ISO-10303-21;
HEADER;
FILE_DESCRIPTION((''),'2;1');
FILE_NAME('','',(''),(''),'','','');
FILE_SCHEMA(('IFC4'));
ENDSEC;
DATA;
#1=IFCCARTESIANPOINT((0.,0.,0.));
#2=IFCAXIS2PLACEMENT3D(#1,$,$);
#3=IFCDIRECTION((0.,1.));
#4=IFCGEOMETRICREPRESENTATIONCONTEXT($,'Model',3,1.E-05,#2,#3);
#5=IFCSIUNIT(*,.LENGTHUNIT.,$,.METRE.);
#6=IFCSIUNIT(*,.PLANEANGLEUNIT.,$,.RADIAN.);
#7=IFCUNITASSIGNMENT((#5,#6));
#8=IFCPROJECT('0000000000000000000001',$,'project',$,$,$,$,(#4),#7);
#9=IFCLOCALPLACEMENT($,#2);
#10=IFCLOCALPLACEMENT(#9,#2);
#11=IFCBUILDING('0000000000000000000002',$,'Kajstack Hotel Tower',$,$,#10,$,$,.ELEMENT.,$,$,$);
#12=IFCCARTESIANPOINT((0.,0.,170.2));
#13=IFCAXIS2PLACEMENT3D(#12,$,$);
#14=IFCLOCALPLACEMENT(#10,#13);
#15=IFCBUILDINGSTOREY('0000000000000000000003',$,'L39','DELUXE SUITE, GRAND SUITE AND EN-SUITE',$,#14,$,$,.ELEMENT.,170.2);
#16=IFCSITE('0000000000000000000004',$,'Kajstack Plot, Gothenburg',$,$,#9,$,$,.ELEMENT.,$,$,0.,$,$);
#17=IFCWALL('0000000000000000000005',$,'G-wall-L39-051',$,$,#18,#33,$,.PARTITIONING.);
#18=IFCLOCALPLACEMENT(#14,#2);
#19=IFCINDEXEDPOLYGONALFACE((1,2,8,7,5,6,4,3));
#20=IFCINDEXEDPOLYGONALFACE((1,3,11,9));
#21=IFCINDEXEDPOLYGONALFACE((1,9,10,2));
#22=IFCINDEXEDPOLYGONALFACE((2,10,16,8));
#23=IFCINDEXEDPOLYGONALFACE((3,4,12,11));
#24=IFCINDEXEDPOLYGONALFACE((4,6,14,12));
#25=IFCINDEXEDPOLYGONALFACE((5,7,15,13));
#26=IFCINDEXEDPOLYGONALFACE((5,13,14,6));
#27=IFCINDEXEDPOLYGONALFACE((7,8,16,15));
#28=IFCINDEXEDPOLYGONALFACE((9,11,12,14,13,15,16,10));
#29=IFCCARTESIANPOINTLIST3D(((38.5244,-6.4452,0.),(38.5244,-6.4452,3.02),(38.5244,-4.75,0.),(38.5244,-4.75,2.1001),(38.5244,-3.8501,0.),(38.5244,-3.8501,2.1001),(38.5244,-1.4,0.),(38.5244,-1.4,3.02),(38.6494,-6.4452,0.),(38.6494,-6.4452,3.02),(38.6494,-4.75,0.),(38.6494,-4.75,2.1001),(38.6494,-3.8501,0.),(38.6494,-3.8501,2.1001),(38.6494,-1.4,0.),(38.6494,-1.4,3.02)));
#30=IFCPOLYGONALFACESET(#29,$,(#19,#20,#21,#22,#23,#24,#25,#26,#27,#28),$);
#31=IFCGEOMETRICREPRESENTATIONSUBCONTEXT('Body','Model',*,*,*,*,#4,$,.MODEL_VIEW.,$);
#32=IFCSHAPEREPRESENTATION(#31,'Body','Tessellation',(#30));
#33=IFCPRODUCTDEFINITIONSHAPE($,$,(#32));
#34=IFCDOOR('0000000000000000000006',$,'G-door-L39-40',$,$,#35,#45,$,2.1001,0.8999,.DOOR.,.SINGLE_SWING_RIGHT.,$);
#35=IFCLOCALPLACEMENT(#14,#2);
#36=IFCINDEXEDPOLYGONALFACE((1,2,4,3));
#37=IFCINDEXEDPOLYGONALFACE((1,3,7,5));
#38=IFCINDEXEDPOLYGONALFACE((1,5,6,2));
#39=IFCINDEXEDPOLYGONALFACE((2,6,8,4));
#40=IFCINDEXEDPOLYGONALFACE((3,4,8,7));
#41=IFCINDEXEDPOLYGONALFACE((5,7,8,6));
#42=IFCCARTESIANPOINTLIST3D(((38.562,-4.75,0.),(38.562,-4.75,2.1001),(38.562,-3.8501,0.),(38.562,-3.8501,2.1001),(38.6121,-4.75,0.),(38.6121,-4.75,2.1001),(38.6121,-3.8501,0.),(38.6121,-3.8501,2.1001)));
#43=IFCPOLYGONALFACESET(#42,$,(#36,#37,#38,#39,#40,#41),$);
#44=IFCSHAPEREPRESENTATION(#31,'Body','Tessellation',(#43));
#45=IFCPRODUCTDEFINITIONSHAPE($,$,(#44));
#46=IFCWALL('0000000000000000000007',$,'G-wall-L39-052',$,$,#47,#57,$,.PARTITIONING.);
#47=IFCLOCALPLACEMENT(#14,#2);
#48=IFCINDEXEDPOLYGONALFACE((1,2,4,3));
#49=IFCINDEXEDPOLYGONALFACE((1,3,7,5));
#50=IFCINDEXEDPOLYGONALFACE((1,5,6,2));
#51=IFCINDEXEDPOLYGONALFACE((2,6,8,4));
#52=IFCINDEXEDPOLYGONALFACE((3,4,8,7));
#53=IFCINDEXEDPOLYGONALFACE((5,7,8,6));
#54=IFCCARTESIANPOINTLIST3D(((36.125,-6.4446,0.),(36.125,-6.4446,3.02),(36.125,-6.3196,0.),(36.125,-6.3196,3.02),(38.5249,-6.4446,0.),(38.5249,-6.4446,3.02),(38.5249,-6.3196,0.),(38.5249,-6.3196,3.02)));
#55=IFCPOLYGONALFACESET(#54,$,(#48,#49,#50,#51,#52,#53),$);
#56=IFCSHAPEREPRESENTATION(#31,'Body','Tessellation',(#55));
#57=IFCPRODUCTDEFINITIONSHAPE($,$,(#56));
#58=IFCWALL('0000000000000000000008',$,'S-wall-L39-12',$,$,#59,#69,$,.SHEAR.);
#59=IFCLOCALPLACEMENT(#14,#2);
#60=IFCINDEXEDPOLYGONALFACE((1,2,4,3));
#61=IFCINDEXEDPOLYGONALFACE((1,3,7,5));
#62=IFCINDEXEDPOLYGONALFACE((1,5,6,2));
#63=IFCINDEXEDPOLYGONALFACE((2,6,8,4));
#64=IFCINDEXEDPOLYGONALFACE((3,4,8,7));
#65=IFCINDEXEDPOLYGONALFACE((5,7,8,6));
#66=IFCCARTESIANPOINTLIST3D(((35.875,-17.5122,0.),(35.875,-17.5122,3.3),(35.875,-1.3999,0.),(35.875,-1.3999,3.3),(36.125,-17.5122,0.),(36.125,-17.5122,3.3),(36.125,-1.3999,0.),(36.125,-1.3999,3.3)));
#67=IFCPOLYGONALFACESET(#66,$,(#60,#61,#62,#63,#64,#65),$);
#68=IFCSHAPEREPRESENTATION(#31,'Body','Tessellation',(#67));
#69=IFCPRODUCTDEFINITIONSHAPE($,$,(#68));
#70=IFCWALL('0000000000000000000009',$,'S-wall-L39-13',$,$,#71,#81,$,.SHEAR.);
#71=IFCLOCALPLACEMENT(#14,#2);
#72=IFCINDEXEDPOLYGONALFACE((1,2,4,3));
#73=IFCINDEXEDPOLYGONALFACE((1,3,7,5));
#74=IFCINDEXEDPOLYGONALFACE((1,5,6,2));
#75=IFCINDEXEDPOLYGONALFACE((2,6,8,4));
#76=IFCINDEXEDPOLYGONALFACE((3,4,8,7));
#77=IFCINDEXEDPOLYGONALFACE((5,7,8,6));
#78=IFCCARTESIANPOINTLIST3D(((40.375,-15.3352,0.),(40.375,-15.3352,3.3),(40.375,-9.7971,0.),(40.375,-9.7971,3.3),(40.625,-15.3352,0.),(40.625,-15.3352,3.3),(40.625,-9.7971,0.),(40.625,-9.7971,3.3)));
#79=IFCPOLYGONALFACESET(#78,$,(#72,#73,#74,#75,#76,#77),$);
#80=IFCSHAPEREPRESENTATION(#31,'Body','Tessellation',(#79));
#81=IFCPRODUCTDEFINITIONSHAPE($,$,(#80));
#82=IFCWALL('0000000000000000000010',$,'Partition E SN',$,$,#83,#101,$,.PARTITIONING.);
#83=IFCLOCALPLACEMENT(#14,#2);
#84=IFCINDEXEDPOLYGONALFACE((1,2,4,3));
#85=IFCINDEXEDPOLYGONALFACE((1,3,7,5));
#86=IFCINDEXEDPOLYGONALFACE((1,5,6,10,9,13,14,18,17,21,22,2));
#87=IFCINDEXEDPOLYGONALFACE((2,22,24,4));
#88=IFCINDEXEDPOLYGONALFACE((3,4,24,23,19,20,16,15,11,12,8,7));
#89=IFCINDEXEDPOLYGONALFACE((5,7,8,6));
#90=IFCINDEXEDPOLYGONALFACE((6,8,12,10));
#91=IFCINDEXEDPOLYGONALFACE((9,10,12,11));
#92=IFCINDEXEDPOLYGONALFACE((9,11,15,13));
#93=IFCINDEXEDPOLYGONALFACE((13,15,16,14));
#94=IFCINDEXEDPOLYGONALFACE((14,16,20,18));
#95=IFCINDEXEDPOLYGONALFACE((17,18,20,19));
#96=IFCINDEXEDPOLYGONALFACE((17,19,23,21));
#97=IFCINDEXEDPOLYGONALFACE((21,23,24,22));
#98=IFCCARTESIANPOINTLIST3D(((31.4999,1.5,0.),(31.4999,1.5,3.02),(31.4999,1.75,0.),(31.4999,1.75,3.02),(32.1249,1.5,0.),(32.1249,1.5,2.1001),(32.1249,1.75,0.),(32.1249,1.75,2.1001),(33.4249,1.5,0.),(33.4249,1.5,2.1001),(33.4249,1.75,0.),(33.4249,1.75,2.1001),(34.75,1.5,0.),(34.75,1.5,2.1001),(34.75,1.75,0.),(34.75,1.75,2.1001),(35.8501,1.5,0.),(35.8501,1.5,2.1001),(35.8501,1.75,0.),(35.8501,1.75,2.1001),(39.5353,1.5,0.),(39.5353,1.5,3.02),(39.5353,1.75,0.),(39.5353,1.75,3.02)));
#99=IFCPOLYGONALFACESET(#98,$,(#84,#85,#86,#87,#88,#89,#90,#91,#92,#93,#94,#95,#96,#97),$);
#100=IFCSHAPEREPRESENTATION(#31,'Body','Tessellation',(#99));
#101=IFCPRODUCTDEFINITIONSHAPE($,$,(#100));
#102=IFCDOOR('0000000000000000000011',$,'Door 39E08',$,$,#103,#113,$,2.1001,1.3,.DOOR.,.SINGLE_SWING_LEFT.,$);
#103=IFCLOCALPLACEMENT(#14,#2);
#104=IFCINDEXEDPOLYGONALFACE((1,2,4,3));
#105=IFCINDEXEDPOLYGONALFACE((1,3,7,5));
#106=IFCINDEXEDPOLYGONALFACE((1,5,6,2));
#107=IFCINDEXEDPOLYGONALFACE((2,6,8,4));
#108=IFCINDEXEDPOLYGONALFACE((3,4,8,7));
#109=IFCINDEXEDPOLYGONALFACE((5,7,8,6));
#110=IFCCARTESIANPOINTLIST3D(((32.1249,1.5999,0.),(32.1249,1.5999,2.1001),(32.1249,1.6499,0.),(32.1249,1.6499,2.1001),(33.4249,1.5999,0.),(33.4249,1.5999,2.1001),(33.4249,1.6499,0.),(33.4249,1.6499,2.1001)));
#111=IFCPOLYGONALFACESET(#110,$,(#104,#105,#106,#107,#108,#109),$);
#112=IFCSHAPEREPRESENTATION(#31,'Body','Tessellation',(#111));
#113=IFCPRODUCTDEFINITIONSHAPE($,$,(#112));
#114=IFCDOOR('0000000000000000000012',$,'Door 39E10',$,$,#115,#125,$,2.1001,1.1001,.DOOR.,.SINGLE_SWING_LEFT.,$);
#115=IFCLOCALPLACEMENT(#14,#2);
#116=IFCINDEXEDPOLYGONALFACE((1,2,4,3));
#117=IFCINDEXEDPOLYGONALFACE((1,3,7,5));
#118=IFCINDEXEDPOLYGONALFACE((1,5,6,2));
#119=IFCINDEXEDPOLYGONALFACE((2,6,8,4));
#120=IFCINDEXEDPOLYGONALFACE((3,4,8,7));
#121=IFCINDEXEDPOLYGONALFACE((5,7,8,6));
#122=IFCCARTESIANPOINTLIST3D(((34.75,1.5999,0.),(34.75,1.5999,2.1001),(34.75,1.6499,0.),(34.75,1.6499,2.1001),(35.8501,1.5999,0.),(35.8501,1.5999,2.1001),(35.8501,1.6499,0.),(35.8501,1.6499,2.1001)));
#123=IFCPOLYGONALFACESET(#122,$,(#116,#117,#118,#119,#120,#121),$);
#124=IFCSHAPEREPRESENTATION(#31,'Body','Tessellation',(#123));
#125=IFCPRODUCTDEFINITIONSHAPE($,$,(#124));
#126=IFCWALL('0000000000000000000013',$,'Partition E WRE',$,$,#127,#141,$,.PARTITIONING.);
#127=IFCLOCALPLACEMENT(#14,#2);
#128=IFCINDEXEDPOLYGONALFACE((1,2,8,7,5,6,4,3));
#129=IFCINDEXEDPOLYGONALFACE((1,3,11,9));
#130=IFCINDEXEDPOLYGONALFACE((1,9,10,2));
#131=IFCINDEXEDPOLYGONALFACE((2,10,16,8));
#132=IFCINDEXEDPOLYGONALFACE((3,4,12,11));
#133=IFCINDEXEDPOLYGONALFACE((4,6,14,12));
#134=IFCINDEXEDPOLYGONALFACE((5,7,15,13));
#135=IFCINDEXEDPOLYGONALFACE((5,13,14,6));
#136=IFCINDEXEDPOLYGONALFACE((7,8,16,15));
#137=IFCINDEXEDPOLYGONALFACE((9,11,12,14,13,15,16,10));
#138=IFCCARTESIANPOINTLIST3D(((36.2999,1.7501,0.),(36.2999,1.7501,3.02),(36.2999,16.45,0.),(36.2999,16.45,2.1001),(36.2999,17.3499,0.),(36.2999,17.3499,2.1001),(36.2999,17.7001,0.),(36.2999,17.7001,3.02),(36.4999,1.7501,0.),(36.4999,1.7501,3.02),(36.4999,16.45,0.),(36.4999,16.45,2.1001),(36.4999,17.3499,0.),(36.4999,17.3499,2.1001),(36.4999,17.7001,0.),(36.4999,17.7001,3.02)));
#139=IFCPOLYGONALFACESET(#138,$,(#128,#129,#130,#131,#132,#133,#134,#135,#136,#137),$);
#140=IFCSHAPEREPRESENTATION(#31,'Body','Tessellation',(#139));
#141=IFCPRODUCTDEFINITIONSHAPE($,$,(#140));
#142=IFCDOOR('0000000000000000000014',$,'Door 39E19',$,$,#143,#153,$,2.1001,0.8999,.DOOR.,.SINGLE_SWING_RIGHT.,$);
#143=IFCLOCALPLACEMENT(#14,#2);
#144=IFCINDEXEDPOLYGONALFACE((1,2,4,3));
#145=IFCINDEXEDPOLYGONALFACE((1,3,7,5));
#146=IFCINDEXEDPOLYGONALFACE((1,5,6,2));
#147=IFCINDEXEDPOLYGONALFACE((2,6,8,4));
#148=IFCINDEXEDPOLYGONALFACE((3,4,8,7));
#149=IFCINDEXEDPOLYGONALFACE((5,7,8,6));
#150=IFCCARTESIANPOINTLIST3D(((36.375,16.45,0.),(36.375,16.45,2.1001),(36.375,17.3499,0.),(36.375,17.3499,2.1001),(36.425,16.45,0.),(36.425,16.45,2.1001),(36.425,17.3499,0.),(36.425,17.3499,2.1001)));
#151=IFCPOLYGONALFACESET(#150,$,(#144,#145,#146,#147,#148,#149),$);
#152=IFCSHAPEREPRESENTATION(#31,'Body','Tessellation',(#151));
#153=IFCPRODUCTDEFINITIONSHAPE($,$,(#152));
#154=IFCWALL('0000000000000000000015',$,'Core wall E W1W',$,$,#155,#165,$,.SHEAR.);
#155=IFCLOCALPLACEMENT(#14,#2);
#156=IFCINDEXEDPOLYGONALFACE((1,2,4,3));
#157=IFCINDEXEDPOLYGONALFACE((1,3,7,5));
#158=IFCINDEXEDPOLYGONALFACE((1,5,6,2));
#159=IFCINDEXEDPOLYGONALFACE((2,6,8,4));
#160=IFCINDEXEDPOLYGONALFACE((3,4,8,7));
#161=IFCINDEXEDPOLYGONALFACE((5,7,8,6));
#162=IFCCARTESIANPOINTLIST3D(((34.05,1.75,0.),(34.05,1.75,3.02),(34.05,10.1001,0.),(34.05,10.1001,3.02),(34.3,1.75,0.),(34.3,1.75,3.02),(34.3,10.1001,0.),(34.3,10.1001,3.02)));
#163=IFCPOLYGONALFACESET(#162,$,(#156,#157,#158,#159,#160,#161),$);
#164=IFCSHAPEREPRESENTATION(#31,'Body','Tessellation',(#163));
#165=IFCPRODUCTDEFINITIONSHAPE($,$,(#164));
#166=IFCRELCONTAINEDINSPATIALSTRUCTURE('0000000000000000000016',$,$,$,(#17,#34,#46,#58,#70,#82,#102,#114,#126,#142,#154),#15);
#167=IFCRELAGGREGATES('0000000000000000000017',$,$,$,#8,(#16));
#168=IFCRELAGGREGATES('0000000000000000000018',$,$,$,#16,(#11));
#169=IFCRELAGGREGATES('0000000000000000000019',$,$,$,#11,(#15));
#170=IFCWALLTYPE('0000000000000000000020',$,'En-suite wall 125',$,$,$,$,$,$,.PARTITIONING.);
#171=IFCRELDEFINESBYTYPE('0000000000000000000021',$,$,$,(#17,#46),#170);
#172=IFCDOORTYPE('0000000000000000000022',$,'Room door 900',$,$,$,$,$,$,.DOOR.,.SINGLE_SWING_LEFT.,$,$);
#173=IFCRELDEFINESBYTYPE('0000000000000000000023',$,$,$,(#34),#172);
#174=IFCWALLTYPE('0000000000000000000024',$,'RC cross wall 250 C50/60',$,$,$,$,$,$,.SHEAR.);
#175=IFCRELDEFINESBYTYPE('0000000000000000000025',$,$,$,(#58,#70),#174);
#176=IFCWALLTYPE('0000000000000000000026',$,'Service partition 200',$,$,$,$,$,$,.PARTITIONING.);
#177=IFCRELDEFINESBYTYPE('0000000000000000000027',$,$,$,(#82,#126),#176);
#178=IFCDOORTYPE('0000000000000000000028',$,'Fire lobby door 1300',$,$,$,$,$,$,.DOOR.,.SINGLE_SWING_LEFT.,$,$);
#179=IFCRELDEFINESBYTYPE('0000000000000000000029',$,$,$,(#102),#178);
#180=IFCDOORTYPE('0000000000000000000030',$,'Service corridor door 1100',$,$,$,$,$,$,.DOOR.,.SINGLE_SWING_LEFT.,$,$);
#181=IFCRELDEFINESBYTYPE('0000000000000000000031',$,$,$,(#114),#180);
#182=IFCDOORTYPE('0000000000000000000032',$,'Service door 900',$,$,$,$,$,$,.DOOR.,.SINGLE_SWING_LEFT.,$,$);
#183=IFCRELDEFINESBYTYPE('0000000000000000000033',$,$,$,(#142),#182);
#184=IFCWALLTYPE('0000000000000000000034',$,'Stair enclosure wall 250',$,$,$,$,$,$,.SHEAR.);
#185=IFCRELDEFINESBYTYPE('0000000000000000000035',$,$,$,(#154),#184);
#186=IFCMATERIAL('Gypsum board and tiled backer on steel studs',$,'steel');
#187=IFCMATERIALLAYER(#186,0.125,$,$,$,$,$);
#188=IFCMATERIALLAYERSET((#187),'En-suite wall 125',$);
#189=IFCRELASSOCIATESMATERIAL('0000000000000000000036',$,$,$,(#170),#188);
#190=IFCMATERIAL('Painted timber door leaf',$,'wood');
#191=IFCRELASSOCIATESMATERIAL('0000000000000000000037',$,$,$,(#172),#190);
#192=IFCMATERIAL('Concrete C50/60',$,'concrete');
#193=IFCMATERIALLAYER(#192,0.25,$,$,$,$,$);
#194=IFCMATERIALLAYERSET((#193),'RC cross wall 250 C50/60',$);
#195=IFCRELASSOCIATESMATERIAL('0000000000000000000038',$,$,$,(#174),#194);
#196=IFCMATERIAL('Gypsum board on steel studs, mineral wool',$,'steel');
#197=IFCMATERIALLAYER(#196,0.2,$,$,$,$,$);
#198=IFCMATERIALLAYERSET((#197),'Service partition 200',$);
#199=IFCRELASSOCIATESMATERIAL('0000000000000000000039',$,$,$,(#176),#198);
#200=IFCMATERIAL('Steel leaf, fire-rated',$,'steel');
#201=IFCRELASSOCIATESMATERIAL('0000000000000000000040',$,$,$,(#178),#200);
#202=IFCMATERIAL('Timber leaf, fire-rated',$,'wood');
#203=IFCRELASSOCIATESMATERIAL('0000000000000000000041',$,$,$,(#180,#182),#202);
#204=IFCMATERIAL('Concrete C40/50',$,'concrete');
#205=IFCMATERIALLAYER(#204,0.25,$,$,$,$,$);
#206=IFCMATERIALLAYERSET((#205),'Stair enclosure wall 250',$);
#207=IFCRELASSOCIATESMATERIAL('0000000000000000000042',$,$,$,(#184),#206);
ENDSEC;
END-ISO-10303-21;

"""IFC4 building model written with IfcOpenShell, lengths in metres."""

from ifc_helpers import new_model, si_unit, direction, frame, frame_2d, origin, place, context, subcontext, project, spatial, rectangle, extrude, material, layer, layer_set, type_object, element, fill, save


model = new_model("IFC4")

# Units and contexts
model_context = context("Model", 3, precision=1e-05, world=origin(), true_north=direction((0.0, 1.0)))
body_context = subcontext(model_context, "Body", "Model", "MODEL_VIEW")
ifc_project = project(units=[si_unit("LENGTHUNIT", "METRE"), si_unit("PLANEANGLEUNIT", "RADIAN")], contexts=[model_context])

# Site, building, storey
site_placement = place(None, origin())
site = spatial("IfcSite", under=ifc_project, at=site_placement, Name="Kajstack Plot, Gothenburg", CompositionType="ELEMENT", RefElevation=0.0)
building_placement = place(site_placement, origin())
building = spatial("IfcBuilding", under=site, at=building_placement, Name="Kajstack Hotel Tower", CompositionType="ELEMENT")
storey_placement = place(building_placement, frame((0.0, 0.0, 170.2)))
storey = spatial("IfcBuildingStorey", under=building, at=storey_placement, Name="L39", Description="DELUXE SUITE, GRAND SUITE AND EN-SUITE", CompositionType="ELEMENT", Elevation=170.2)

# Wall, opening, door
ifc_material_1 = material(Name="Gypsum board and tiled backer on steel studs", Category="steel")
ifc_layer_1 = layer(ifc_material_1, 0.125)
ifc_layer_set_1 = layer_set([ifc_layer_1], Name="En-suite wall 125")
wall_type_1 = type_object("IfcWallType", Name="En-suite wall 125", PredefinedType="PARTITIONING", material=ifc_layer_set_1)
wall_1_placement = place(storey_placement, frame((38.5869, -6.4451, 0.0), z_axis=(0.0, 0.0, 1.0), x_axis=(0.0, 1.0, 0.0)))
wall_1 = element("IfcWall", 1, at=wall_1_placement, inside=storey, type_object=wall_type_1, Name="G-wall-L39-051", PredefinedType="PARTITIONING", context=body_context, shape_type="SweptSolid", body=[
    extrude(rectangle(XDim=5.0452, YDim=0.125, at=frame_2d((2.5225, 0.0))), origin(), (0.0, 0.0, 1.0), 3.02),
])
opening_1_placement = place(wall_1_placement, frame((1.6951, 0.0, 0.0)))
opening_1 = element("IfcOpeningElement", 2, at=opening_1_placement, cuts=wall_1, PredefinedType="OPENING", context=body_context, shape_type="SweptSolid", body=[
    extrude(rectangle(XDim=0.8999, YDim=2.1001, at=frame_2d((0.45, 1.05))), frame((0.0, 0.0725, 0.0), z_axis=(0.0, -1.0, 0.0), x_axis=(1.0, 0.0, 0.0)), (0.0, 0.0, 1.0), 0.145),
])
ifc_material_2 = material(Name="Painted timber door leaf", Category="wood")
door_type_1 = type_object("IfcDoorType", Name="Room door 900", OperationType="SINGLE_SWING_LEFT", PredefinedType="DOOR", material=ifc_material_2)
door_1_placement = place(opening_1_placement, origin())
door_1 = element("IfcDoor", 3, at=door_1_placement, inside=storey, type_object=door_type_1, Name="G-door-L39-40", OperationType="SINGLE_SWING_RIGHT", OverallHeight=2.1001, OverallWidth=0.8999, PredefinedType="DOOR", context=body_context, shape_type="SweptSolid", body=[
    extrude(rectangle(XDim=0.8999, YDim=2.1001, at=frame_2d((0.45, 1.05))), frame((0.0, 0.0249, 0.0), z_axis=(0.0, -1.0, 0.0), x_axis=(1.0, 0.0, 0.0)), (0.0, 0.0, 1.0), 0.05),
])
fill(opening_1, door_1)

# Walls
wall_2_placement = place(storey_placement, frame((36.125, -6.3821, 0.0), z_axis=(0.0, 0.0, 1.0), x_axis=(1.0, 0.0, 0.0)))
element("IfcWall", 4, at=wall_2_placement, inside=storey, type_object=wall_type_1, Name="G-wall-L39-052", PredefinedType="PARTITIONING", context=body_context, shape_type="SweptSolid", body=[
    extrude(rectangle(XDim=2.3999, YDim=0.125, at=frame_2d((1.2, 0.0))), origin(), (0.0, 0.0, 1.0), 3.02),
])
ifc_material_3 = material(Name="Concrete C50/60", Category="concrete")
ifc_layer_2 = layer(ifc_material_3, 0.25)
ifc_layer_set_2 = layer_set([ifc_layer_2], Name="RC cross wall 250 C50/60")
wall_type_2 = type_object("IfcWallType", Name="RC cross wall 250 C50/60", PredefinedType="SHEAR", material=ifc_layer_set_2)
wall_3_placement = place(storey_placement, frame((36.0, -17.5122, 0.0), z_axis=(0.0, 0.0, 1.0), x_axis=(0.0, 1.0, 0.0)))
element("IfcWall", 5, at=wall_3_placement, inside=storey, type_object=wall_type_2, Name="S-wall-L39-12", PredefinedType="SHEAR", context=body_context, shape_type="SweptSolid", body=[
    extrude(rectangle(XDim=16.1123, YDim=0.25, at=frame_2d((8.0562, 0.0))), origin(), (0.0, 0.0, 1.0), 3.3),
])
wall_4_placement = place(storey_placement, frame((40.5, -15.3352, 0.0), z_axis=(0.0, 0.0, 1.0), x_axis=(0.0, 1.0, 0.0)))
element("IfcWall", 6, at=wall_4_placement, inside=storey, type_object=wall_type_2, Name="S-wall-L39-13", PredefinedType="SHEAR", context=body_context, shape_type="SweptSolid", body=[
    extrude(rectangle(XDim=5.5381, YDim=0.25, at=frame_2d((2.769, 0.0))), origin(), (0.0, 0.0, 1.0), 3.3),
])

# Wall, openings, doors
ifc_material_4 = material(Name="Gypsum board on steel studs, mineral wool", Category="steel")
ifc_layer_3 = layer(ifc_material_4, 0.2)
ifc_layer_set_3 = layer_set([ifc_layer_3], Name="Service partition 200")
wall_type_3 = type_object("IfcWallType", Name="Service partition 200", PredefinedType="PARTITIONING", material=ifc_layer_set_3)
wall_5_placement = place(storey_placement, frame((31.5, 1.625, 0.0), z_axis=(0.0, 0.0, 1.0), x_axis=(1.0, 0.0, 0.0)))
wall_5 = element("IfcWall", 7, at=wall_5_placement, inside=storey, type_object=wall_type_3, Name="Partition E SN", PredefinedType="PARTITIONING", context=body_context, shape_type="SweptSolid", body=[
    extrude(rectangle(XDim=8.0354, YDim=0.25, at=frame_2d((4.0176, 0.0))), origin(), (0.0, 0.0, 1.0), 3.02),
])
opening_2_placement = place(wall_5_placement, frame((0.625, 0.0, 0.0)))
opening_2 = element("IfcOpeningElement", 8, at=opening_2_placement, cuts=wall_5, PredefinedType="OPENING", context=body_context, shape_type="SweptSolid", body=[
    extrude(rectangle(XDim=1.3, YDim=2.1001, at=frame_2d((0.6499, 1.05))), frame((0.0, 0.135, 0.0), z_axis=(0.0, -1.0, 0.0), x_axis=(1.0, 0.0, 0.0)), (0.0, 0.0, 1.0), 0.27),
])
opening_3_placement = place(wall_5_placement, frame((3.25, 0.0, 0.0)))
opening_3 = element("IfcOpeningElement", 9, at=opening_3_placement, cuts=wall_5, PredefinedType="OPENING", context=body_context, shape_type="SweptSolid", body=[
    extrude(rectangle(XDim=1.1001, YDim=2.1001, at=frame_2d((0.55, 1.05))), frame((0.0, 0.135, 0.0), z_axis=(0.0, -1.0, 0.0), x_axis=(1.0, 0.0, 0.0)), (0.0, 0.0, 1.0), 0.27),
])
ifc_material_5 = material(Name="Steel leaf, fire-rated", Category="steel")
door_type_2 = type_object("IfcDoorType", Name="Fire lobby door 1300", OperationType="SINGLE_SWING_LEFT", PredefinedType="DOOR", material=ifc_material_5)
door_2_placement = place(opening_2_placement, origin())
door_2 = element("IfcDoor", 10, at=door_2_placement, inside=storey, type_object=door_type_2, Name="Door 39E08", OperationType="SINGLE_SWING_LEFT", OverallHeight=2.1001, OverallWidth=1.3, PredefinedType="DOOR", context=body_context, shape_type="SweptSolid", body=[
    extrude(rectangle(XDim=1.3, YDim=2.1001, at=frame_2d((0.6499, 1.05))), frame((0.0, 0.0249, 0.0), z_axis=(0.0, -1.0, 0.0), x_axis=(1.0, 0.0, 0.0)), (0.0, 0.0, 1.0), 0.05),
])
fill(opening_2, door_2)
ifc_material_6 = material(Name="Timber leaf, fire-rated", Category="wood")
door_type_3 = type_object("IfcDoorType", Name="Service corridor door 1100", OperationType="SINGLE_SWING_LEFT", PredefinedType="DOOR", material=ifc_material_6)
door_3_placement = place(opening_3_placement, origin())
door_3 = element("IfcDoor", 11, at=door_3_placement, inside=storey, type_object=door_type_3, Name="Door 39E10", OperationType="SINGLE_SWING_LEFT", OverallHeight=2.1001, OverallWidth=1.1001, PredefinedType="DOOR", context=body_context, shape_type="SweptSolid", body=[
    extrude(rectangle(XDim=1.1001, YDim=2.1001, at=frame_2d((0.55, 1.05))), frame((0.0, 0.0249, 0.0), z_axis=(0.0, -1.0, 0.0), x_axis=(1.0, 0.0, 0.0)), (0.0, 0.0, 1.0), 0.05),
])
fill(opening_3, door_3)

# Wall, opening, door
wall_6_placement = place(storey_placement, frame((36.3999, 1.75, 0.0), z_axis=(0.0, 0.0, 1.0), x_axis=(0.0, 1.0, 0.0)))
wall_6 = element("IfcWall", 12, at=wall_6_placement, inside=storey, type_object=wall_type_3, Name="Partition E WRE", PredefinedType="PARTITIONING", context=body_context, shape_type="SweptSolid", body=[
    extrude(rectangle(XDim=15.95, YDim=0.2, at=frame_2d((7.9751, 0.0))), origin(), (0.0, 0.0, 1.0), 3.02),
])
opening_4_placement = place(wall_6_placement, frame((14.7, 0.0, 0.0)))
opening_4 = element("IfcOpeningElement", 13, at=opening_4_placement, cuts=wall_6, PredefinedType="OPENING", context=body_context, shape_type="SweptSolid", body=[
    extrude(rectangle(XDim=0.8999, YDim=2.1001, at=frame_2d((0.45, 1.05))), frame((0.0, 0.1099, 0.0), z_axis=(0.0, -1.0, 0.0), x_axis=(1.0, 0.0, 0.0)), (0.0, 0.0, 1.0), 0.22),
])
door_type_4 = type_object("IfcDoorType", Name="Service door 900", OperationType="SINGLE_SWING_LEFT", PredefinedType="DOOR", material=ifc_material_6)
door_4_placement = place(opening_4_placement, origin())
door_4 = element("IfcDoor", 14, at=door_4_placement, inside=storey, type_object=door_type_4, Name="Door 39E19", OperationType="SINGLE_SWING_RIGHT", OverallHeight=2.1001, OverallWidth=0.8999, PredefinedType="DOOR", context=body_context, shape_type="SweptSolid", body=[
    extrude(rectangle(XDim=0.8999, YDim=2.1001, at=frame_2d((0.45, 1.05))), frame((0.0, 0.0249, 0.0), z_axis=(0.0, -1.0, 0.0), x_axis=(1.0, 0.0, 0.0)), (0.0, 0.0, 1.0), 0.05),
])
fill(opening_4, door_4)

# Wall
ifc_material_7 = material(Name="Concrete C40/50", Category="concrete")
ifc_layer_4 = layer(ifc_material_7, 0.25)
ifc_layer_set_4 = layer_set([ifc_layer_4], Name="Stair enclosure wall 250")
wall_type_4 = type_object("IfcWallType", Name="Stair enclosure wall 250", PredefinedType="SHEAR", material=ifc_layer_set_4)
wall_7_placement = place(storey_placement, frame((34.175, 1.75, 0.0), z_axis=(0.0, 0.0, 1.0), x_axis=(0.0, 1.0, 0.0)))
element("IfcWall", 15, at=wall_7_placement, inside=storey, type_object=wall_type_4, Name="Core wall E W1W", PredefinedType="SHEAR", context=body_context, shape_type="SweptSolid", body=[
    extrude(rectangle(XDim=8.3501, YDim=0.25, at=frame_2d((4.175, 0.0))), origin(), (0.0, 0.0, 1.0), 3.02),
])

save(model, "model.ifc")
